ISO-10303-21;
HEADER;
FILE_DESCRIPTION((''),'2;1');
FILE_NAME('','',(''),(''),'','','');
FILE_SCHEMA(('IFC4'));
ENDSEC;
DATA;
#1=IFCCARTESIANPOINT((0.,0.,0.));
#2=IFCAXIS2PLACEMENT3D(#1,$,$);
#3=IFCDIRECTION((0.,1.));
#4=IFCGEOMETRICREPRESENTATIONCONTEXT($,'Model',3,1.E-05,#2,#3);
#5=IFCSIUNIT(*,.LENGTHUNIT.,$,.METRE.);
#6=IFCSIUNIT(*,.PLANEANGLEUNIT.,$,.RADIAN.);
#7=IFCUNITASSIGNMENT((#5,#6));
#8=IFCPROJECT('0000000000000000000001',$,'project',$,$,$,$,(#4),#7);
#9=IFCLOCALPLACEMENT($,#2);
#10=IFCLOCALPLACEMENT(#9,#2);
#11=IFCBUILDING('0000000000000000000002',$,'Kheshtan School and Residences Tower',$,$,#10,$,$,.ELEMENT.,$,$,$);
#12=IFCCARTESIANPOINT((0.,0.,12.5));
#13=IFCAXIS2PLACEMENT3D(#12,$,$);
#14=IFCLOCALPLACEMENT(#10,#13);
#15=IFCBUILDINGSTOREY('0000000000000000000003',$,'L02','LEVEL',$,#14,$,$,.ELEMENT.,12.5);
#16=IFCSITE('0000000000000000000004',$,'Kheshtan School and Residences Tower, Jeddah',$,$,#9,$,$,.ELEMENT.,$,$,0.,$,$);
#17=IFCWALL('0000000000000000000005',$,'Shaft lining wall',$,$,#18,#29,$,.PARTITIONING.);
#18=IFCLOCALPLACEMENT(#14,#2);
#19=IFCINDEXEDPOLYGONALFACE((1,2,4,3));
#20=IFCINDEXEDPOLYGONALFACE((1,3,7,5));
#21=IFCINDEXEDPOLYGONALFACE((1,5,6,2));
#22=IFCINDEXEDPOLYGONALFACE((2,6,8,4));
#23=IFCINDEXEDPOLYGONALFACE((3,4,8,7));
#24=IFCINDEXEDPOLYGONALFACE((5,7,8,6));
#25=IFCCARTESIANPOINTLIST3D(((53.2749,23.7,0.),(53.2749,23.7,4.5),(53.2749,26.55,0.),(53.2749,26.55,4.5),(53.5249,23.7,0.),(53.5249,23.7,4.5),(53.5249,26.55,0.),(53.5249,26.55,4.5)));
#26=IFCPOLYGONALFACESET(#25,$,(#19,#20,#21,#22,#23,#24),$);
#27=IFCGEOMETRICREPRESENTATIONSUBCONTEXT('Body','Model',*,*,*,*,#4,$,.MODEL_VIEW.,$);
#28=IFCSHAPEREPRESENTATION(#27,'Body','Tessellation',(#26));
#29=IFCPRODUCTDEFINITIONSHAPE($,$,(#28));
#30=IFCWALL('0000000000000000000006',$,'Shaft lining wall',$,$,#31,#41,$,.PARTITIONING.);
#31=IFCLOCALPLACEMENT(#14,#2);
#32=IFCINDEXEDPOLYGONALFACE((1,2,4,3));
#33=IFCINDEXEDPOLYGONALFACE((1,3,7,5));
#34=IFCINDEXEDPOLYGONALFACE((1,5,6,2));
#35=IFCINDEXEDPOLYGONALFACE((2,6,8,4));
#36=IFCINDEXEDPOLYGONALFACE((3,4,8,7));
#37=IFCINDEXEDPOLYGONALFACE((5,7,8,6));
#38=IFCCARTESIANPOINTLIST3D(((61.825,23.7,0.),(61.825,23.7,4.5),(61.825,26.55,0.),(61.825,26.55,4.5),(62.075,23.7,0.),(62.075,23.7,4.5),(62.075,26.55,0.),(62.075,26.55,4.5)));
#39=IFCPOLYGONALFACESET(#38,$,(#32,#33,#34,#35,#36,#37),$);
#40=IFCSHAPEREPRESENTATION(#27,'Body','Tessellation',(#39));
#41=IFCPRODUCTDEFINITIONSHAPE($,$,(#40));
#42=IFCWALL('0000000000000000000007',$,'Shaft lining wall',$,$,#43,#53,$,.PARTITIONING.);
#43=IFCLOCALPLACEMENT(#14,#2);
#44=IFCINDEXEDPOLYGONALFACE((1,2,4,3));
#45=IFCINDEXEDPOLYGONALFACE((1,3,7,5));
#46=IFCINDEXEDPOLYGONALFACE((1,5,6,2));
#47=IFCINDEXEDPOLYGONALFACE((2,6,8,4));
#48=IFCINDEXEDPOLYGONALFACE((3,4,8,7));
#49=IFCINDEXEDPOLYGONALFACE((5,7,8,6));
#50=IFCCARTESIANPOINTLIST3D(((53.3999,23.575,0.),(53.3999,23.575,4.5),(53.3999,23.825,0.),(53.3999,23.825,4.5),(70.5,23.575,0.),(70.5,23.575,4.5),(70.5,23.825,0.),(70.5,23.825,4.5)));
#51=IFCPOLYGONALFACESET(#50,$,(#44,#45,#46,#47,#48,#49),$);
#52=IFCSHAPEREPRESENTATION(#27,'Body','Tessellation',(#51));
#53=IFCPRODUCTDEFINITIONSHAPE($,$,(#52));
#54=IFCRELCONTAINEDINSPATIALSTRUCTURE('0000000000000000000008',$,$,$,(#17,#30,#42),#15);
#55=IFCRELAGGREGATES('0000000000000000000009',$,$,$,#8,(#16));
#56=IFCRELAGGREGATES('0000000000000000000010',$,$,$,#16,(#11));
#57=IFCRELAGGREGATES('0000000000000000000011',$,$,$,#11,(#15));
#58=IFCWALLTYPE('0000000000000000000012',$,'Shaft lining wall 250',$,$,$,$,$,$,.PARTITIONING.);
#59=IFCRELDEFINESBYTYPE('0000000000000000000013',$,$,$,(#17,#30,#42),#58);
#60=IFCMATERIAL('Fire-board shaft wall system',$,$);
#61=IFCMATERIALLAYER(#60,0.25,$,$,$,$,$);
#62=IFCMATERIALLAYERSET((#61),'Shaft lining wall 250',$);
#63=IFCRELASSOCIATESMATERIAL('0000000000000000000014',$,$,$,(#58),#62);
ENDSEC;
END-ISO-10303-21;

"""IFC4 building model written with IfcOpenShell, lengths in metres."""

from ifc_helpers import new_model, si_unit, direction, frame, frame_2d, origin, place, context, subcontext, project, spatial, rectangle, extrude, material, layer, layer_set, type_object, element, save


model = new_model("IFC4")

# Units and contexts
model_context = context("Model", 3, precision=1e-05, world=origin(), true_north=direction((0.0, 1.0)))
body_context = subcontext(model_context, "Body", "Model", "MODEL_VIEW")
ifc_project = project(units=[si_unit("LENGTHUNIT", "METRE"), si_unit("PLANEANGLEUNIT", "RADIAN")], contexts=[model_context])

# Site, building, storey
site_placement = place(None, origin())
site = spatial("IfcSite", under=ifc_project, at=site_placement, Name="Kheshtan School and Residences Tower, Jeddah", CompositionType="ELEMENT", RefElevation=0.0)
building_placement = place(site_placement, origin())
building = spatial("IfcBuilding", under=site, at=building_placement, Name="Kheshtan School and Residences Tower", CompositionType="ELEMENT")
storey_placement = place(building_placement, frame((0.0, 0.0, 12.5)))
storey = spatial("IfcBuildingStorey", under=building, at=storey_placement, Name="L02", Description="LEVEL", CompositionType="ELEMENT", Elevation=12.5)

# Walls
ifc_material_1 = material(Name="Fire-board shaft wall system")
ifc_layer_1 = layer(ifc_material_1, 0.25)
ifc_layer_set_1 = layer_set([ifc_layer_1], Name="Shaft lining wall 250")
wall_type_1 = type_object("IfcWallType", Name="Shaft lining wall 250", PredefinedType="PARTITIONING", material=ifc_layer_set_1)
for number, where, z_axis, x_axis, name in (
    (1, (53.3999, 23.7, 0.0), (0.0, 0.0, 1.0), (0.0, 1.0, 0.0), "Shaft lining wall"),
    (2, (61.95, 23.7, 0.0), (0.0, 0.0, 1.0), (0.0, 1.0, 0.0), "Shaft lining wall"),
):
    element("IfcWall", number, at=place(storey_placement, frame(where, z_axis=z_axis, x_axis=x_axis)), inside=storey, type_object=wall_type_1, Name=name, PredefinedType="PARTITIONING", context=body_context, shape_type="SweptSolid", body=[
        extrude(rectangle(XDim=2.8501, YDim=0.25, at=frame_2d((1.425, 0.0))), origin(), (0.0, 0.0, 1.0), 4.5),
    ])
wall_1_placement = place(storey_placement, frame((53.3999, 23.7, 0.0), z_axis=(0.0, 0.0, 1.0), x_axis=(1.0, 0.0, 0.0)))
element("IfcWall", 3, at=wall_1_placement, inside=storey, type_object=wall_type_1, Name="Shaft lining wall", PredefinedType="PARTITIONING", context=body_context, shape_type="SweptSolid", body=[
    extrude(rectangle(XDim=17.1001, YDim=0.25, at=frame_2d((8.55, 0.0))), origin(), (0.0, 0.0, 1.0), 4.5),
])

save(model, "model.ifc")
